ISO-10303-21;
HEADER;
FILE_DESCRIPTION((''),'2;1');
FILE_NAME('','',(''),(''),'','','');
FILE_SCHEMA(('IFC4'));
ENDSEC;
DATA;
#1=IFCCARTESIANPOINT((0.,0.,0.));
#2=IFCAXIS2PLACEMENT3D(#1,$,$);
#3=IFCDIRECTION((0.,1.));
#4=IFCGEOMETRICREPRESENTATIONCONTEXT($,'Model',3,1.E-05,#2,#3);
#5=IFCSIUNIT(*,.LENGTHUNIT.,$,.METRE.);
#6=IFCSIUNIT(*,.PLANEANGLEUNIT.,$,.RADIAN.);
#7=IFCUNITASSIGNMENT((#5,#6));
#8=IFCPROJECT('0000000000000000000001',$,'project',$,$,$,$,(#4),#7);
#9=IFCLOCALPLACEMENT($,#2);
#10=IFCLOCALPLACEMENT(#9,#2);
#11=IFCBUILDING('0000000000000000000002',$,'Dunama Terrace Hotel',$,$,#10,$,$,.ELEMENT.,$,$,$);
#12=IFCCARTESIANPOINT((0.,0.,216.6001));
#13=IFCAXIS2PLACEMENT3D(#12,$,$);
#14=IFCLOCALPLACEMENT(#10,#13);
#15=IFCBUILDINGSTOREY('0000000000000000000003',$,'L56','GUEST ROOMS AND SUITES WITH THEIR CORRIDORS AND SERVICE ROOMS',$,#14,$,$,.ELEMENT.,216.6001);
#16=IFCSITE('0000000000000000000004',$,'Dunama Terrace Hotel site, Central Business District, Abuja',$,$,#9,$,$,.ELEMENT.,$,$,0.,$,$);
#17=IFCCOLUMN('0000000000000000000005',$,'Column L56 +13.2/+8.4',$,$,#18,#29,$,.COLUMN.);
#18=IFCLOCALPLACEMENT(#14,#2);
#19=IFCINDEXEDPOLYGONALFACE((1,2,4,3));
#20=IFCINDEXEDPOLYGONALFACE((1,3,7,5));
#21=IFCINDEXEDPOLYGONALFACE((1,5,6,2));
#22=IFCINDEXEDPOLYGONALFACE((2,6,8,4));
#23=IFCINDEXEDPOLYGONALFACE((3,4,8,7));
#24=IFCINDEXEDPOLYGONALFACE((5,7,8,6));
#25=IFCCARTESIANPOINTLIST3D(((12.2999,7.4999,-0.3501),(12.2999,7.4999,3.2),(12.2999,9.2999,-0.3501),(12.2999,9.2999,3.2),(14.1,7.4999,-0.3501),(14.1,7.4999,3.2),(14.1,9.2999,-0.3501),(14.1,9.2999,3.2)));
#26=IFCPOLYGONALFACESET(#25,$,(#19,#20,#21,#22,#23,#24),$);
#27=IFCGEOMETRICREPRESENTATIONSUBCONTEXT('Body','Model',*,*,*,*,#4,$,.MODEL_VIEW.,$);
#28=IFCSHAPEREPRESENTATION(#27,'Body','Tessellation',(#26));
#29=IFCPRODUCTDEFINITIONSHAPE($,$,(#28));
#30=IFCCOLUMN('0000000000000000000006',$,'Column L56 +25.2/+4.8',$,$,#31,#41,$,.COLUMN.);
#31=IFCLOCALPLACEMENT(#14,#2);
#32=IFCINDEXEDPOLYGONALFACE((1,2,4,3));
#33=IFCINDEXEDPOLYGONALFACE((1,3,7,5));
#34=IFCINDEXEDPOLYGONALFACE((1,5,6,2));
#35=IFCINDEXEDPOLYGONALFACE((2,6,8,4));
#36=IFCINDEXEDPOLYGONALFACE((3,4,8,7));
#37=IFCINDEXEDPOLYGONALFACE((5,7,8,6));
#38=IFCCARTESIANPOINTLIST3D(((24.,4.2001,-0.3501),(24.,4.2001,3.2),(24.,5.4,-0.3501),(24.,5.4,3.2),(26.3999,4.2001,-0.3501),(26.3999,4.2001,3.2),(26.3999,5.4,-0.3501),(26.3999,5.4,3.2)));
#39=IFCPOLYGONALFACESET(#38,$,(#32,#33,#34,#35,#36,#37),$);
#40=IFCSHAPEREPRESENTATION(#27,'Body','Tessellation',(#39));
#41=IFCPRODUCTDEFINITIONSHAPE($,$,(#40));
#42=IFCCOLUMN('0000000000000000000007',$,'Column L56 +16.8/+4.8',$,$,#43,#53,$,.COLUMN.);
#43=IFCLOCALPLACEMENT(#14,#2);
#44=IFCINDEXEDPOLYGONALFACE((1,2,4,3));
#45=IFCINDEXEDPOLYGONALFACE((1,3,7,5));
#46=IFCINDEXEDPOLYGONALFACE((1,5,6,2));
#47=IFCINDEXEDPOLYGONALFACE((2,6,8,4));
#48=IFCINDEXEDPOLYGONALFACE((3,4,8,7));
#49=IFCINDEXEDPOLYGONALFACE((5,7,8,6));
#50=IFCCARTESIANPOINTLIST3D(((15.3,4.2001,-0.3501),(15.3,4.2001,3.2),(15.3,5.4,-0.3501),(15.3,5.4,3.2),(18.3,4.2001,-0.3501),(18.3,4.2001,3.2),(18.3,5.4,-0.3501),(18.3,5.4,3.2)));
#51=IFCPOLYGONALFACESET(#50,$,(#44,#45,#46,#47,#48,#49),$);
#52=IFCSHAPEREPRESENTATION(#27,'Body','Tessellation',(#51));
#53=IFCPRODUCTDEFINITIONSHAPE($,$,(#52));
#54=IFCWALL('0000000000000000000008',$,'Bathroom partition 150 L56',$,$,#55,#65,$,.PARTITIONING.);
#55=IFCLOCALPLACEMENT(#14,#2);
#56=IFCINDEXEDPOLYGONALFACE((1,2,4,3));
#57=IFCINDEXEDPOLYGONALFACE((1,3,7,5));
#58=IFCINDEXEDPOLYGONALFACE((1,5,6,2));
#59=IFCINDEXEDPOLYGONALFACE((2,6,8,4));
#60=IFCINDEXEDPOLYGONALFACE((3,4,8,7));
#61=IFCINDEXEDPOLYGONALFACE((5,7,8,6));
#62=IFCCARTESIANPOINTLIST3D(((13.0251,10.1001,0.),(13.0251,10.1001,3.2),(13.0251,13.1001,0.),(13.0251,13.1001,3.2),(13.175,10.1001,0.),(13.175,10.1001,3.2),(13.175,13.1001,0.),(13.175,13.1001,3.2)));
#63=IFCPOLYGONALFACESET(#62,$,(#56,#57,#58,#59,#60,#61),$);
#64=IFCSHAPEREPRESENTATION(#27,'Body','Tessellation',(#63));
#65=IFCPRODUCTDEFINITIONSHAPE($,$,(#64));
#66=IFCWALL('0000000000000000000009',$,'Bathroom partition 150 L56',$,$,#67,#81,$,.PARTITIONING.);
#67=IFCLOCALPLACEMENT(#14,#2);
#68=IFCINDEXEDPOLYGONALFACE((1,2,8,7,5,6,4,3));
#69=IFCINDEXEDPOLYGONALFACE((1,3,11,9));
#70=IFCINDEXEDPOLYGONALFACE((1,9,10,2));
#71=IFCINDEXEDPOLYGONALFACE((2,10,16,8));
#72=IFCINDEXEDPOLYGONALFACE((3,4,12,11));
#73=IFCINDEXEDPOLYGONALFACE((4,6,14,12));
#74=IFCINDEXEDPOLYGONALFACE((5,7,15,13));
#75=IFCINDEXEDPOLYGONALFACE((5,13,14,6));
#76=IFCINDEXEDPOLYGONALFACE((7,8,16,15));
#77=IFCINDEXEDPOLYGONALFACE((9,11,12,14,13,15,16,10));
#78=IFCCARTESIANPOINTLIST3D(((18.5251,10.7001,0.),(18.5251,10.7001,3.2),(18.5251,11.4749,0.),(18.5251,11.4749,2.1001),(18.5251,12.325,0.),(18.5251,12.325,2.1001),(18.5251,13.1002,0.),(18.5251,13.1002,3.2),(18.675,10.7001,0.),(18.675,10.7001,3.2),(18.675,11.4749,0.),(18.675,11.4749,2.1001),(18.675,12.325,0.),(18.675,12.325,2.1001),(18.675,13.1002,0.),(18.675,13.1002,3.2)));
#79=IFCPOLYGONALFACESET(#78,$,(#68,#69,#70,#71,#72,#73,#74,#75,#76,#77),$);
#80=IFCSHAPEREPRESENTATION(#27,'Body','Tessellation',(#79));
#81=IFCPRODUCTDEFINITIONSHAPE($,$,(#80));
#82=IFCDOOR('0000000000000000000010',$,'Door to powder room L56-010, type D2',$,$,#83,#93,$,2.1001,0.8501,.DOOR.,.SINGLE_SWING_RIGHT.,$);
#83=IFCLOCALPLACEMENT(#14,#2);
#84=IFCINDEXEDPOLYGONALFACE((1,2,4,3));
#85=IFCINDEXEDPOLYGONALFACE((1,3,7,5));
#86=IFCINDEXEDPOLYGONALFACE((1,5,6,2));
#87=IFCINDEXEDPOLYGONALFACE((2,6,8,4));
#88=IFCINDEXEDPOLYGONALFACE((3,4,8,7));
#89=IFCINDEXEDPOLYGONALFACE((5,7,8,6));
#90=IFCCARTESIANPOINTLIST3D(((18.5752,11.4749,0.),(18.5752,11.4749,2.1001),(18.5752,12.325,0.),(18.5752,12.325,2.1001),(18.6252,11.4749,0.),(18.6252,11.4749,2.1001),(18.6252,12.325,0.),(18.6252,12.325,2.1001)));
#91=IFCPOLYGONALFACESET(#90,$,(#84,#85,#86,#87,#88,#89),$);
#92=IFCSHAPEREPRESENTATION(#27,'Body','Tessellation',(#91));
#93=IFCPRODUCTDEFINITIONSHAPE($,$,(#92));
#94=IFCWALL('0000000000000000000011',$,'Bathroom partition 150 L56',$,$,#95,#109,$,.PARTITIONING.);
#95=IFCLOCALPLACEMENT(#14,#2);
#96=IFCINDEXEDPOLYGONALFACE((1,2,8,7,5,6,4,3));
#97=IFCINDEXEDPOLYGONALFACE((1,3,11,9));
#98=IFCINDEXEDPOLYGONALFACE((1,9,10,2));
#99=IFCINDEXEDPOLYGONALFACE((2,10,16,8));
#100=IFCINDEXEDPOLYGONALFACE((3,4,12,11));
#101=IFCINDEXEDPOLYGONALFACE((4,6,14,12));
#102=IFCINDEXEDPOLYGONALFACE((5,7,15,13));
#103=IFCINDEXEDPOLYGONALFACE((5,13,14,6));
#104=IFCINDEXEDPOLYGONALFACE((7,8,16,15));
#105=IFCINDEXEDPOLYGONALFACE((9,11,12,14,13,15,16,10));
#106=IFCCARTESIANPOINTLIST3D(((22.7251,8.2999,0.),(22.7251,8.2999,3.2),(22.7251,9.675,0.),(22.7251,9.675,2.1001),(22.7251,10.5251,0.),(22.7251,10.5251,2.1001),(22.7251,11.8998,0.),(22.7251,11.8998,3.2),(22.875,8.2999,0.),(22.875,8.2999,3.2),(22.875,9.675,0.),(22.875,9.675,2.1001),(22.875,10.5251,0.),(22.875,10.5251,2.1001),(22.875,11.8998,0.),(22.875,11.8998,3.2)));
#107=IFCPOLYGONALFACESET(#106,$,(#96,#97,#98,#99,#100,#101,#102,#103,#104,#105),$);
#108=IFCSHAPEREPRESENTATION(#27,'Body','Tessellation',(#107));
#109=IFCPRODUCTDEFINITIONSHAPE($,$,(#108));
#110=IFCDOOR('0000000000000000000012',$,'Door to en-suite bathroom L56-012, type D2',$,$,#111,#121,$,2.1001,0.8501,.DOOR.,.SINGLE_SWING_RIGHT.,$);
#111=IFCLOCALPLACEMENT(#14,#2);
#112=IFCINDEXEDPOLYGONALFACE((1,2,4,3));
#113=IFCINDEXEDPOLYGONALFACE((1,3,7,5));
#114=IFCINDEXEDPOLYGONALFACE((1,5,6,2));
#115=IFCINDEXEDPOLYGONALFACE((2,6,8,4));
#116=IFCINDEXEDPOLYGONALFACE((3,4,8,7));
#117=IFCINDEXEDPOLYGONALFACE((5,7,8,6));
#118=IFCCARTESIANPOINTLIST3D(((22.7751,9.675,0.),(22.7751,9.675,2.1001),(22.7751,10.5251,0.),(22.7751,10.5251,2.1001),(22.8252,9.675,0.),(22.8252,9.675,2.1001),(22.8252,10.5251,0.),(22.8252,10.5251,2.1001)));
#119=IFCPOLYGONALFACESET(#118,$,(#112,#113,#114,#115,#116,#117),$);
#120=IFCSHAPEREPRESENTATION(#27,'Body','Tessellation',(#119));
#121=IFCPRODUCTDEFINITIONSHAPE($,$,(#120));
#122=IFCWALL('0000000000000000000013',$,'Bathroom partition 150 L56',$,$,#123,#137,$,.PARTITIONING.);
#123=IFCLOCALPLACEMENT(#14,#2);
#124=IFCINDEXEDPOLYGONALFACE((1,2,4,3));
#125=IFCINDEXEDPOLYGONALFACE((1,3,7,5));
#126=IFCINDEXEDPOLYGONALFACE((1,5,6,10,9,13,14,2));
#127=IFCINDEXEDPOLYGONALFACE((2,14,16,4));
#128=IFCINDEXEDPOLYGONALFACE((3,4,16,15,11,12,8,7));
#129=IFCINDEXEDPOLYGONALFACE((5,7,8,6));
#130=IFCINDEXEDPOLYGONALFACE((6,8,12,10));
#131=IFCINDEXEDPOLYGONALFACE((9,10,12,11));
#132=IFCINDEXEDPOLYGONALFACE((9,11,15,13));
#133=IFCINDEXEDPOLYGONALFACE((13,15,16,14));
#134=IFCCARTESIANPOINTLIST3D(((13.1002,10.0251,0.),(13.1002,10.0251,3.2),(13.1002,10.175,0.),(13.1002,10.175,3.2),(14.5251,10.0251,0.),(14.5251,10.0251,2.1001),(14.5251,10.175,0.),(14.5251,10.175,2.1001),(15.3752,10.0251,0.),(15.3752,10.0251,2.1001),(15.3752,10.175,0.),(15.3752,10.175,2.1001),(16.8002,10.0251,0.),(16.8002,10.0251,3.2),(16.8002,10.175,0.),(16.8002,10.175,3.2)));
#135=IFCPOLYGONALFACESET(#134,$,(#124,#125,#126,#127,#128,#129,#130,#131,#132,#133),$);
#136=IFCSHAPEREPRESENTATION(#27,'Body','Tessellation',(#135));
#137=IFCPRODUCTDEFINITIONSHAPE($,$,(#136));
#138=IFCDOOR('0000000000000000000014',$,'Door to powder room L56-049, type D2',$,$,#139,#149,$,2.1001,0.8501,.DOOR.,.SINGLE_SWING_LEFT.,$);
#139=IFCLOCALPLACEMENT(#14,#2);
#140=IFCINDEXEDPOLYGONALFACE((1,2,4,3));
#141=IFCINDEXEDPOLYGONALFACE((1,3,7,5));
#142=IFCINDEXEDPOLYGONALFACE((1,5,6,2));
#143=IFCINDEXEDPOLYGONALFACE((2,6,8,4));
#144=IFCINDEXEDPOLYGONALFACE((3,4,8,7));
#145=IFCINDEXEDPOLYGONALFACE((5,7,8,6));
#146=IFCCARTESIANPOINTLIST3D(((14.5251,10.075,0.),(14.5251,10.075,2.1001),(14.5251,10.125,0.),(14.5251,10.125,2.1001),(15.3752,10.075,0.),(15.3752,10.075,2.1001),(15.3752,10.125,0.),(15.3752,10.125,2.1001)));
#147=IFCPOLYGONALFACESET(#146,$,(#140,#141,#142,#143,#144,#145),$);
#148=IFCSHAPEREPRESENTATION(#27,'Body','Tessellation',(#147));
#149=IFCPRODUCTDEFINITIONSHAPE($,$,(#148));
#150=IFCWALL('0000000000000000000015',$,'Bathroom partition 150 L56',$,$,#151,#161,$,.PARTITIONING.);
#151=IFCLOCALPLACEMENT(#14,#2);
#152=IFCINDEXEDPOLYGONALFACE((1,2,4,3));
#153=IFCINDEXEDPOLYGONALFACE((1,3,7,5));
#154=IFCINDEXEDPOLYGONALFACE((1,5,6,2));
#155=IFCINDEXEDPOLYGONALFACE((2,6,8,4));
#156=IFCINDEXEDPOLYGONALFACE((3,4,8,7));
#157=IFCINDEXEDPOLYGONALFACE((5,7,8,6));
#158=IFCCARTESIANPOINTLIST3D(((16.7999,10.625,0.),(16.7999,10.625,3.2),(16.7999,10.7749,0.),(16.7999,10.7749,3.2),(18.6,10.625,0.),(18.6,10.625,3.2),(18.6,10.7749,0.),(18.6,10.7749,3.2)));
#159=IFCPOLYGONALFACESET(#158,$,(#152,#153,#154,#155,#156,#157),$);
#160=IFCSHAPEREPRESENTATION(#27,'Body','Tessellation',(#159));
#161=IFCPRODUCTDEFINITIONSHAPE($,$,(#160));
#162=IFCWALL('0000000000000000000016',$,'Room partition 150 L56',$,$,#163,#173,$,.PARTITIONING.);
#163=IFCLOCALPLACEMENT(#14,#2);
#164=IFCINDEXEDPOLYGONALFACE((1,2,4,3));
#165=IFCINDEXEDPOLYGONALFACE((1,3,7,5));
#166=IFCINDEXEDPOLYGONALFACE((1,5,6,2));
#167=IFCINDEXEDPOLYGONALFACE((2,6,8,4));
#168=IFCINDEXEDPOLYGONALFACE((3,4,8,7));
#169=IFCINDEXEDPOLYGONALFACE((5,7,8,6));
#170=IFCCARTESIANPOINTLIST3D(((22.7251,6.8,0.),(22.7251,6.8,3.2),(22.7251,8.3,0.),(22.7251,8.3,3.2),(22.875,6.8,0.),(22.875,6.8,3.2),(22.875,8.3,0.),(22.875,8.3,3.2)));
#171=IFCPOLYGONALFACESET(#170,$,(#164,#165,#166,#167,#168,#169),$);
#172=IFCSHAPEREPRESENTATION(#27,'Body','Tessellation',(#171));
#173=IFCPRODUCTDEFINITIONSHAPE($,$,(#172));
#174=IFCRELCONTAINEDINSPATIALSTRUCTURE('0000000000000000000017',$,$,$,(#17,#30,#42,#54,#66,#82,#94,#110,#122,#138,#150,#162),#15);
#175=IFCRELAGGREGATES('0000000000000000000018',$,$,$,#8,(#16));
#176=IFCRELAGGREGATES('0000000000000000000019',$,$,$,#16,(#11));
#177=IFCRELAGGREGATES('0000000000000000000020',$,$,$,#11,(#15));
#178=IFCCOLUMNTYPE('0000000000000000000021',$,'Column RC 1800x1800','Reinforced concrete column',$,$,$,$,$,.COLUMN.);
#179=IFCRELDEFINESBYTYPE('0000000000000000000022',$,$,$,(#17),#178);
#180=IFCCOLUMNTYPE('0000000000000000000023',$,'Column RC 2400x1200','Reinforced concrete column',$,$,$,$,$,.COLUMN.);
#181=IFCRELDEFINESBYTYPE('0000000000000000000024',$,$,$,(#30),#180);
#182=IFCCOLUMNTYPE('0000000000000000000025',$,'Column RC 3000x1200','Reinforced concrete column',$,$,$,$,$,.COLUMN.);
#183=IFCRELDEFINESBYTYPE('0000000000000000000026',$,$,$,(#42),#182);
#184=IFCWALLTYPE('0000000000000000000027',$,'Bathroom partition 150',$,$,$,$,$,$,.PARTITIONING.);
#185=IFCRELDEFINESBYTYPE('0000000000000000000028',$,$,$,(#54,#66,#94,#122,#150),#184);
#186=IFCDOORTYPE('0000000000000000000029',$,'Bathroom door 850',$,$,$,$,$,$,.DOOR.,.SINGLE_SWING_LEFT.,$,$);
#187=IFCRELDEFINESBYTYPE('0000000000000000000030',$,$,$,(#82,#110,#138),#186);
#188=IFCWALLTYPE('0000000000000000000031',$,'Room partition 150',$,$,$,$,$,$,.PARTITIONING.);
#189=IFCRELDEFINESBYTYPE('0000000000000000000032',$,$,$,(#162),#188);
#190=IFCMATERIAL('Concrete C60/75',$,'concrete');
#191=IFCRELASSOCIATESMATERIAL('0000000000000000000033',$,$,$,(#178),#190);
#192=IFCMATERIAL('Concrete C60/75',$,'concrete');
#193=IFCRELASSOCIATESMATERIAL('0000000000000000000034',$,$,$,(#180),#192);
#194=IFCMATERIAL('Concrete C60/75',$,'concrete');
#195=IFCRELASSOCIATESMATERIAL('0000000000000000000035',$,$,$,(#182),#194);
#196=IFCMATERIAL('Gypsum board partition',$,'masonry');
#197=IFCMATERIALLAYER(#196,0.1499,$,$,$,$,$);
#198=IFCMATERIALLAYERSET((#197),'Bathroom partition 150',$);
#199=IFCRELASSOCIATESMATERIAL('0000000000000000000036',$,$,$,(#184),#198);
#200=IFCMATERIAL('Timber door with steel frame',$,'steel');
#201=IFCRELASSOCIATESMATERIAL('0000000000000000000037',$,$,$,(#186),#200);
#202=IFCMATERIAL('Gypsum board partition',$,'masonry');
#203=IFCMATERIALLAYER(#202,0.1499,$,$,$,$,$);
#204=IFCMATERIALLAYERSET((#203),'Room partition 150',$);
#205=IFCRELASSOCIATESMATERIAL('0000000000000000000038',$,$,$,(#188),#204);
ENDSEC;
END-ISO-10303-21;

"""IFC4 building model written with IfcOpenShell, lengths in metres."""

from ifc_helpers import new_model, si_unit, direction, frame, frame_2d, origin, origin_2d, place, context, subcontext, project, spatial, rectangle, extrude, material, layer, layer_set, material_profile, profile_set, type_object, element, fill, save


model = new_model("IFC4")

# Units and contexts
model_context = context("Model", 3, precision=1e-05, world=origin(), true_north=direction((0.0, 1.0)))
body_context = subcontext(model_context, "Body", "Model", "MODEL_VIEW")
ifc_project = project(units=[si_unit("LENGTHUNIT", "METRE"), si_unit("PLANEANGLEUNIT", "RADIAN")], contexts=[model_context])

# Site, building, storey
site_placement = place(None, origin())
site = spatial("IfcSite", under=ifc_project, at=site_placement, Name="Dunama Terrace Hotel site, Central Business District, Abuja", CompositionType="ELEMENT", RefElevation=0.0)
building_placement = place(site_placement, origin())
building = spatial("IfcBuilding", under=site, at=building_placement, Name="Dunama Terrace Hotel", CompositionType="ELEMENT")
storey_placement = place(building_placement, frame((0.0, 0.0, 216.6001)))
storey = spatial("IfcBuildingStorey", under=building, at=storey_placement, Name="L56", Description="GUEST ROOMS AND SUITES WITH THEIR CORRIDORS AND SERVICE ROOMS", CompositionType="ELEMENT", Elevation=216.6001)

# Columns
ifc_material_1 = material(Name="Concrete C60/75", Category="concrete")
ifc_material_profile_1 = material_profile(ifc_material_1, rectangle(XDim=1.8, YDim=1.8, at=origin_2d()), Name="RC 1800x1800")
ifc_profile_set_1 = profile_set([ifc_material_profile_1], Name="Concrete C60/75")
column_type_1 = type_object("IfcColumnType", Name="Column RC 1800x1800", Description="Reinforced concrete column", PredefinedType="COLUMN", material=ifc_profile_set_1)
column_1_placement = place(storey_placement, frame((13.2, 8.3999, -0.3501), z_axis=(0.0, 0.0, 1.0), x_axis=(1.0, 0.0, 0.0)))
element("IfcColumn", 1, at=column_1_placement, inside=storey, type_object=column_type_1, Name="Column L56 +13.2/+8.4", PredefinedType="COLUMN", context=body_context, shape_type="SweptSolid", body=[
    extrude(rectangle(XDim=1.8, YDim=1.8, at=origin_2d()), origin(), (0.0, 0.0, 1.0), 3.55),
])
ifc_material_2 = material(Name="Concrete C60/75", Category="concrete")
ifc_material_profile_2 = material_profile(ifc_material_2, rectangle(XDim=2.3999, YDim=1.2, at=origin_2d()), Name="RC 2400x1200")
ifc_profile_set_2 = profile_set([ifc_material_profile_2], Name="Concrete C60/75")
column_type_2 = type_object("IfcColumnType", Name="Column RC 2400x1200", Description="Reinforced concrete column", PredefinedType="COLUMN", material=ifc_profile_set_2)
column_2_placement = place(storey_placement, frame((25.2, 4.8, -0.3501), z_axis=(0.0, 0.0, 1.0), x_axis=(1.0, 0.0, 0.0)))
element("IfcColumn", 2, at=column_2_placement, inside=storey, type_object=column_type_2, Name="Column L56 +25.2/+4.8", PredefinedType="COLUMN", context=body_context, shape_type="SweptSolid", body=[
    extrude(rectangle(XDim=2.3999, YDim=1.2, at=origin_2d()), origin(), (0.0, 0.0, 1.0), 3.55),
])
ifc_material_3 = material(Name="Concrete C60/75", Category="concrete")
ifc_material_profile_3 = material_profile(ifc_material_3, rectangle(XDim=3.0, YDim=1.2, at=origin_2d()), Name="RC 3000x1200")
ifc_profile_set_3 = profile_set([ifc_material_profile_3], Name="Concrete C60/75")
column_type_3 = type_object("IfcColumnType", Name="Column RC 3000x1200", Description="Reinforced concrete column", PredefinedType="COLUMN", material=ifc_profile_set_3)
column_3_placement = place(storey_placement, frame((16.8, 4.8, -0.3501), z_axis=(0.0, 0.0, 1.0), x_axis=(1.0, 0.0, 0.0)))
element("IfcColumn", 3, at=column_3_placement, inside=storey, type_object=column_type_3, Name="Column L56 +16.8/+4.8", PredefinedType="COLUMN", context=body_context, shape_type="SweptSolid", body=[
    extrude(rectangle(XDim=3.0, YDim=1.2, at=origin_2d()), origin(), (0.0, 0.0, 1.0), 3.55),
])

# Wall
ifc_material_4 = material(Name="Gypsum board partition", Category="masonry")
ifc_layer_1 = layer(ifc_material_4, 0.1499)
ifc_layer_set_1 = layer_set([ifc_layer_1], Name="Bathroom partition 150")
wall_type_1 = type_object("IfcWallType", Name="Bathroom partition 150", PredefinedType="PARTITIONING", material=ifc_layer_set_1)
wall_1_placement = place(storey_placement, frame((13.1001, 10.1001, 0.0), z_axis=(0.0, 0.0, 1.0), x_axis=(0.0, 1.0, 0.0)))
element("IfcWall", 4, at=wall_1_placement, inside=storey, type_object=wall_type_1, Name="Bathroom partition 150 L56", PredefinedType="PARTITIONING", context=body_context, shape_type="SweptSolid", body=[
    extrude(rectangle(XDim=3.0, YDim=0.1499, at=frame_2d((1.5, 0.0))), origin(), (0.0, 0.0, 1.0), 3.2),
])

# Walls, openings, doors
wall_2_placement = place(storey_placement, frame((18.6001, 10.7, 0.0), z_axis=(0.0, 0.0, 1.0), x_axis=(0.0, 1.0, 0.0)))
wall_2 = element("IfcWall", 5, at=wall_2_placement, inside=storey, type_object=wall_type_1, Name="Bathroom partition 150 L56", PredefinedType="PARTITIONING", context=body_context, shape_type="SweptSolid", body=[
    extrude(rectangle(XDim=2.4001, YDim=0.1499, at=frame_2d((1.2002, 0.0))), origin(), (0.0, 0.0, 1.0), 3.2),
])
opening_1_placement = place(wall_2_placement, frame((0.7749, 0.0, 0.0)))
opening_1 = element("IfcOpeningElement", 6, at=opening_1_placement, cuts=wall_2, PredefinedType="OPENING", context=body_context, shape_type="SweptSolid", body=[
    extrude(rectangle(XDim=0.8501, YDim=2.1001, at=frame_2d((0.425, 1.05))), frame((0.0, 0.085, 0.0), z_axis=(0.0, -1.0, 0.0), x_axis=(1.0, 0.0, 0.0)), (0.0, 0.0, 1.0), 0.1699),
])
ifc_material_5 = material(Name="Timber door with steel frame", Category="steel")
door_type_1 = type_object("IfcDoorType", Name="Bathroom door 850", OperationType="SINGLE_SWING_LEFT", PredefinedType="DOOR", material=ifc_material_5)
door_1_placement = place(opening_1_placement, origin())
door_1 = element("IfcDoor", 7, at=door_1_placement, inside=storey, type_object=door_type_1, Name="Door to powder room L56-010, type D2", OperationType="SINGLE_SWING_RIGHT", OverallHeight=2.1001, OverallWidth=0.8501, PredefinedType="DOOR", context=body_context, shape_type="SweptSolid", body=[
    extrude(rectangle(XDim=0.8501, YDim=2.1001, at=frame_2d((0.425, 1.05))), frame((0.0, 0.0249, 0.0), z_axis=(0.0, -1.0, 0.0), x_axis=(1.0, 0.0, 0.0)), (0.0, 0.0, 1.0), 0.05),
])
fill(opening_1, door_1)
wall_3_placement = place(storey_placement, frame((22.8, 8.3, 0.0), z_axis=(0.0, 0.0, 1.0), x_axis=(0.0, 1.0, 0.0)))
wall_3 = element("IfcWall", 8, at=wall_3_placement, inside=storey, type_object=wall_type_1, Name="Bathroom partition 150 L56", PredefinedType="PARTITIONING", context=body_context, shape_type="SweptSolid", body=[
    extrude(rectangle(XDim=3.5999, YDim=0.1499, at=frame_2d((1.7998, 0.0))), origin(), (0.0, 0.0, 1.0), 3.2),
])
opening_2_placement = place(wall_3_placement, frame((1.375, 0.0, 0.0)))
opening_2 = element("IfcOpeningElement", 9, at=opening_2_placement, cuts=wall_3, PredefinedType="OPENING", context=body_context, shape_type="SweptSolid", body=[
    extrude(rectangle(XDim=0.8501, YDim=2.1001, at=frame_2d((0.425, 1.05))), frame((0.0, 0.085, 0.0), z_axis=(0.0, -1.0, 0.0), x_axis=(1.0, 0.0, 0.0)), (0.0, 0.0, 1.0), 0.1699),
])
door_2_placement = place(opening_2_placement, frame((0.8501, 0.0, 0.0), z_axis=(0.0, 0.0, 1.0), x_axis=(-1.0, 0.0, 0.0)))
door_2 = element("IfcDoor", 10, at=door_2_placement, inside=storey, type_object=door_type_1, Name="Door to en-suite bathroom L56-012, type D2", OperationType="SINGLE_SWING_RIGHT", OverallHeight=2.1001, OverallWidth=0.8501, PredefinedType="DOOR", context=body_context, shape_type="SweptSolid", body=[
    extrude(rectangle(XDim=0.8501, YDim=2.1001, at=frame_2d((0.425, 1.05))), frame((0.0, 0.0251, 0.0), z_axis=(0.0, -1.0, 0.0), x_axis=(1.0, 0.0, 0.0)), (0.0, 0.0, 1.0), 0.05),
])
fill(opening_2, door_2)
wall_4_placement = place(storey_placement, frame((13.1001, 10.1001, 0.0), z_axis=(0.0, 0.0, 1.0), x_axis=(1.0, 0.0, 0.0)))
wall_4 = element("IfcWall", 11, at=wall_4_placement, inside=storey, type_object=wall_type_1, Name="Bathroom partition 150 L56", PredefinedType="PARTITIONING", context=body_context, shape_type="SweptSolid", body=[
    extrude(rectangle(XDim=3.7, YDim=0.1499, at=frame_2d((1.8501, 0.0))), origin(), (0.0, 0.0, 1.0), 3.2),
])
opening_3_placement = place(wall_4_placement, frame((1.425, 0.0, 0.0)))
opening_3 = element("IfcOpeningElement", 12, at=opening_3_placement, cuts=wall_4, PredefinedType="OPENING", context=body_context, shape_type="SweptSolid", body=[
    extrude(rectangle(XDim=0.8501, YDim=2.1001, at=frame_2d((0.425, 1.05))), frame((0.0, 0.085, 0.0), z_axis=(0.0, -1.0, 0.0), x_axis=(1.0, 0.0, 0.0)), (0.0, 0.0, 1.0), 0.1699),
])
door_3_placement = place(opening_3_placement, origin())
door_3 = element("IfcDoor", 13, at=door_3_placement, inside=storey, type_object=door_type_1, Name="Door to powder room L56-049, type D2", OperationType="SINGLE_SWING_LEFT", OverallHeight=2.1001, OverallWidth=0.8501, PredefinedType="DOOR", context=body_context, shape_type="SweptSolid", body=[
    extrude(rectangle(XDim=0.8501, YDim=2.1001, at=frame_2d((0.425, 1.05))), frame((0.0, 0.0249, 0.0), z_axis=(0.0, -1.0, 0.0), x_axis=(1.0, 0.0, 0.0)), (0.0, 0.0, 1.0), 0.05),
])
fill(opening_3, door_3)

# Walls
wall_5_placement = place(storey_placement, frame((16.8, 10.7, 0.0), z_axis=(0.0, 0.0, 1.0), x_axis=(1.0, 0.0, 0.0)))
element("IfcWall", 14, at=wall_5_placement, inside=storey, type_object=wall_type_1, Name="Bathroom partition 150 L56", PredefinedType="PARTITIONING", context=body_context, shape_type="SweptSolid", body=[
    extrude(rectangle(XDim=1.8, YDim=0.1499, at=frame_2d((0.8999, 0.0))), origin(), (0.0, 0.0, 1.0), 3.2),
])
ifc_material_6 = material(Name="Gypsum board partition", Category="masonry")
ifc_layer_2 = layer(ifc_material_6, 0.1499)
ifc_layer_set_2 = layer_set([ifc_layer_2], Name="Room partition 150")
wall_type_2 = type_object("IfcWallType", Name="Room partition 150", PredefinedType="PARTITIONING", material=ifc_layer_set_2)
wall_6_placement = place(storey_placement, frame((22.8, 6.8, 0.0), z_axis=(0.0, 0.0, 1.0), x_axis=(0.0, 1.0, 0.0)))
element("IfcWall", 15, at=wall_6_placement, inside=storey, type_object=wall_type_2, Name="Room partition 150 L56", PredefinedType="PARTITIONING", context=body_context, shape_type="SweptSolid", body=[
    extrude(rectangle(XDim=1.5, YDim=0.1499, at=frame_2d((0.75, 0.0))), origin(), (0.0, 0.0, 1.0), 3.2),
])

save(model, "model.ifc")
